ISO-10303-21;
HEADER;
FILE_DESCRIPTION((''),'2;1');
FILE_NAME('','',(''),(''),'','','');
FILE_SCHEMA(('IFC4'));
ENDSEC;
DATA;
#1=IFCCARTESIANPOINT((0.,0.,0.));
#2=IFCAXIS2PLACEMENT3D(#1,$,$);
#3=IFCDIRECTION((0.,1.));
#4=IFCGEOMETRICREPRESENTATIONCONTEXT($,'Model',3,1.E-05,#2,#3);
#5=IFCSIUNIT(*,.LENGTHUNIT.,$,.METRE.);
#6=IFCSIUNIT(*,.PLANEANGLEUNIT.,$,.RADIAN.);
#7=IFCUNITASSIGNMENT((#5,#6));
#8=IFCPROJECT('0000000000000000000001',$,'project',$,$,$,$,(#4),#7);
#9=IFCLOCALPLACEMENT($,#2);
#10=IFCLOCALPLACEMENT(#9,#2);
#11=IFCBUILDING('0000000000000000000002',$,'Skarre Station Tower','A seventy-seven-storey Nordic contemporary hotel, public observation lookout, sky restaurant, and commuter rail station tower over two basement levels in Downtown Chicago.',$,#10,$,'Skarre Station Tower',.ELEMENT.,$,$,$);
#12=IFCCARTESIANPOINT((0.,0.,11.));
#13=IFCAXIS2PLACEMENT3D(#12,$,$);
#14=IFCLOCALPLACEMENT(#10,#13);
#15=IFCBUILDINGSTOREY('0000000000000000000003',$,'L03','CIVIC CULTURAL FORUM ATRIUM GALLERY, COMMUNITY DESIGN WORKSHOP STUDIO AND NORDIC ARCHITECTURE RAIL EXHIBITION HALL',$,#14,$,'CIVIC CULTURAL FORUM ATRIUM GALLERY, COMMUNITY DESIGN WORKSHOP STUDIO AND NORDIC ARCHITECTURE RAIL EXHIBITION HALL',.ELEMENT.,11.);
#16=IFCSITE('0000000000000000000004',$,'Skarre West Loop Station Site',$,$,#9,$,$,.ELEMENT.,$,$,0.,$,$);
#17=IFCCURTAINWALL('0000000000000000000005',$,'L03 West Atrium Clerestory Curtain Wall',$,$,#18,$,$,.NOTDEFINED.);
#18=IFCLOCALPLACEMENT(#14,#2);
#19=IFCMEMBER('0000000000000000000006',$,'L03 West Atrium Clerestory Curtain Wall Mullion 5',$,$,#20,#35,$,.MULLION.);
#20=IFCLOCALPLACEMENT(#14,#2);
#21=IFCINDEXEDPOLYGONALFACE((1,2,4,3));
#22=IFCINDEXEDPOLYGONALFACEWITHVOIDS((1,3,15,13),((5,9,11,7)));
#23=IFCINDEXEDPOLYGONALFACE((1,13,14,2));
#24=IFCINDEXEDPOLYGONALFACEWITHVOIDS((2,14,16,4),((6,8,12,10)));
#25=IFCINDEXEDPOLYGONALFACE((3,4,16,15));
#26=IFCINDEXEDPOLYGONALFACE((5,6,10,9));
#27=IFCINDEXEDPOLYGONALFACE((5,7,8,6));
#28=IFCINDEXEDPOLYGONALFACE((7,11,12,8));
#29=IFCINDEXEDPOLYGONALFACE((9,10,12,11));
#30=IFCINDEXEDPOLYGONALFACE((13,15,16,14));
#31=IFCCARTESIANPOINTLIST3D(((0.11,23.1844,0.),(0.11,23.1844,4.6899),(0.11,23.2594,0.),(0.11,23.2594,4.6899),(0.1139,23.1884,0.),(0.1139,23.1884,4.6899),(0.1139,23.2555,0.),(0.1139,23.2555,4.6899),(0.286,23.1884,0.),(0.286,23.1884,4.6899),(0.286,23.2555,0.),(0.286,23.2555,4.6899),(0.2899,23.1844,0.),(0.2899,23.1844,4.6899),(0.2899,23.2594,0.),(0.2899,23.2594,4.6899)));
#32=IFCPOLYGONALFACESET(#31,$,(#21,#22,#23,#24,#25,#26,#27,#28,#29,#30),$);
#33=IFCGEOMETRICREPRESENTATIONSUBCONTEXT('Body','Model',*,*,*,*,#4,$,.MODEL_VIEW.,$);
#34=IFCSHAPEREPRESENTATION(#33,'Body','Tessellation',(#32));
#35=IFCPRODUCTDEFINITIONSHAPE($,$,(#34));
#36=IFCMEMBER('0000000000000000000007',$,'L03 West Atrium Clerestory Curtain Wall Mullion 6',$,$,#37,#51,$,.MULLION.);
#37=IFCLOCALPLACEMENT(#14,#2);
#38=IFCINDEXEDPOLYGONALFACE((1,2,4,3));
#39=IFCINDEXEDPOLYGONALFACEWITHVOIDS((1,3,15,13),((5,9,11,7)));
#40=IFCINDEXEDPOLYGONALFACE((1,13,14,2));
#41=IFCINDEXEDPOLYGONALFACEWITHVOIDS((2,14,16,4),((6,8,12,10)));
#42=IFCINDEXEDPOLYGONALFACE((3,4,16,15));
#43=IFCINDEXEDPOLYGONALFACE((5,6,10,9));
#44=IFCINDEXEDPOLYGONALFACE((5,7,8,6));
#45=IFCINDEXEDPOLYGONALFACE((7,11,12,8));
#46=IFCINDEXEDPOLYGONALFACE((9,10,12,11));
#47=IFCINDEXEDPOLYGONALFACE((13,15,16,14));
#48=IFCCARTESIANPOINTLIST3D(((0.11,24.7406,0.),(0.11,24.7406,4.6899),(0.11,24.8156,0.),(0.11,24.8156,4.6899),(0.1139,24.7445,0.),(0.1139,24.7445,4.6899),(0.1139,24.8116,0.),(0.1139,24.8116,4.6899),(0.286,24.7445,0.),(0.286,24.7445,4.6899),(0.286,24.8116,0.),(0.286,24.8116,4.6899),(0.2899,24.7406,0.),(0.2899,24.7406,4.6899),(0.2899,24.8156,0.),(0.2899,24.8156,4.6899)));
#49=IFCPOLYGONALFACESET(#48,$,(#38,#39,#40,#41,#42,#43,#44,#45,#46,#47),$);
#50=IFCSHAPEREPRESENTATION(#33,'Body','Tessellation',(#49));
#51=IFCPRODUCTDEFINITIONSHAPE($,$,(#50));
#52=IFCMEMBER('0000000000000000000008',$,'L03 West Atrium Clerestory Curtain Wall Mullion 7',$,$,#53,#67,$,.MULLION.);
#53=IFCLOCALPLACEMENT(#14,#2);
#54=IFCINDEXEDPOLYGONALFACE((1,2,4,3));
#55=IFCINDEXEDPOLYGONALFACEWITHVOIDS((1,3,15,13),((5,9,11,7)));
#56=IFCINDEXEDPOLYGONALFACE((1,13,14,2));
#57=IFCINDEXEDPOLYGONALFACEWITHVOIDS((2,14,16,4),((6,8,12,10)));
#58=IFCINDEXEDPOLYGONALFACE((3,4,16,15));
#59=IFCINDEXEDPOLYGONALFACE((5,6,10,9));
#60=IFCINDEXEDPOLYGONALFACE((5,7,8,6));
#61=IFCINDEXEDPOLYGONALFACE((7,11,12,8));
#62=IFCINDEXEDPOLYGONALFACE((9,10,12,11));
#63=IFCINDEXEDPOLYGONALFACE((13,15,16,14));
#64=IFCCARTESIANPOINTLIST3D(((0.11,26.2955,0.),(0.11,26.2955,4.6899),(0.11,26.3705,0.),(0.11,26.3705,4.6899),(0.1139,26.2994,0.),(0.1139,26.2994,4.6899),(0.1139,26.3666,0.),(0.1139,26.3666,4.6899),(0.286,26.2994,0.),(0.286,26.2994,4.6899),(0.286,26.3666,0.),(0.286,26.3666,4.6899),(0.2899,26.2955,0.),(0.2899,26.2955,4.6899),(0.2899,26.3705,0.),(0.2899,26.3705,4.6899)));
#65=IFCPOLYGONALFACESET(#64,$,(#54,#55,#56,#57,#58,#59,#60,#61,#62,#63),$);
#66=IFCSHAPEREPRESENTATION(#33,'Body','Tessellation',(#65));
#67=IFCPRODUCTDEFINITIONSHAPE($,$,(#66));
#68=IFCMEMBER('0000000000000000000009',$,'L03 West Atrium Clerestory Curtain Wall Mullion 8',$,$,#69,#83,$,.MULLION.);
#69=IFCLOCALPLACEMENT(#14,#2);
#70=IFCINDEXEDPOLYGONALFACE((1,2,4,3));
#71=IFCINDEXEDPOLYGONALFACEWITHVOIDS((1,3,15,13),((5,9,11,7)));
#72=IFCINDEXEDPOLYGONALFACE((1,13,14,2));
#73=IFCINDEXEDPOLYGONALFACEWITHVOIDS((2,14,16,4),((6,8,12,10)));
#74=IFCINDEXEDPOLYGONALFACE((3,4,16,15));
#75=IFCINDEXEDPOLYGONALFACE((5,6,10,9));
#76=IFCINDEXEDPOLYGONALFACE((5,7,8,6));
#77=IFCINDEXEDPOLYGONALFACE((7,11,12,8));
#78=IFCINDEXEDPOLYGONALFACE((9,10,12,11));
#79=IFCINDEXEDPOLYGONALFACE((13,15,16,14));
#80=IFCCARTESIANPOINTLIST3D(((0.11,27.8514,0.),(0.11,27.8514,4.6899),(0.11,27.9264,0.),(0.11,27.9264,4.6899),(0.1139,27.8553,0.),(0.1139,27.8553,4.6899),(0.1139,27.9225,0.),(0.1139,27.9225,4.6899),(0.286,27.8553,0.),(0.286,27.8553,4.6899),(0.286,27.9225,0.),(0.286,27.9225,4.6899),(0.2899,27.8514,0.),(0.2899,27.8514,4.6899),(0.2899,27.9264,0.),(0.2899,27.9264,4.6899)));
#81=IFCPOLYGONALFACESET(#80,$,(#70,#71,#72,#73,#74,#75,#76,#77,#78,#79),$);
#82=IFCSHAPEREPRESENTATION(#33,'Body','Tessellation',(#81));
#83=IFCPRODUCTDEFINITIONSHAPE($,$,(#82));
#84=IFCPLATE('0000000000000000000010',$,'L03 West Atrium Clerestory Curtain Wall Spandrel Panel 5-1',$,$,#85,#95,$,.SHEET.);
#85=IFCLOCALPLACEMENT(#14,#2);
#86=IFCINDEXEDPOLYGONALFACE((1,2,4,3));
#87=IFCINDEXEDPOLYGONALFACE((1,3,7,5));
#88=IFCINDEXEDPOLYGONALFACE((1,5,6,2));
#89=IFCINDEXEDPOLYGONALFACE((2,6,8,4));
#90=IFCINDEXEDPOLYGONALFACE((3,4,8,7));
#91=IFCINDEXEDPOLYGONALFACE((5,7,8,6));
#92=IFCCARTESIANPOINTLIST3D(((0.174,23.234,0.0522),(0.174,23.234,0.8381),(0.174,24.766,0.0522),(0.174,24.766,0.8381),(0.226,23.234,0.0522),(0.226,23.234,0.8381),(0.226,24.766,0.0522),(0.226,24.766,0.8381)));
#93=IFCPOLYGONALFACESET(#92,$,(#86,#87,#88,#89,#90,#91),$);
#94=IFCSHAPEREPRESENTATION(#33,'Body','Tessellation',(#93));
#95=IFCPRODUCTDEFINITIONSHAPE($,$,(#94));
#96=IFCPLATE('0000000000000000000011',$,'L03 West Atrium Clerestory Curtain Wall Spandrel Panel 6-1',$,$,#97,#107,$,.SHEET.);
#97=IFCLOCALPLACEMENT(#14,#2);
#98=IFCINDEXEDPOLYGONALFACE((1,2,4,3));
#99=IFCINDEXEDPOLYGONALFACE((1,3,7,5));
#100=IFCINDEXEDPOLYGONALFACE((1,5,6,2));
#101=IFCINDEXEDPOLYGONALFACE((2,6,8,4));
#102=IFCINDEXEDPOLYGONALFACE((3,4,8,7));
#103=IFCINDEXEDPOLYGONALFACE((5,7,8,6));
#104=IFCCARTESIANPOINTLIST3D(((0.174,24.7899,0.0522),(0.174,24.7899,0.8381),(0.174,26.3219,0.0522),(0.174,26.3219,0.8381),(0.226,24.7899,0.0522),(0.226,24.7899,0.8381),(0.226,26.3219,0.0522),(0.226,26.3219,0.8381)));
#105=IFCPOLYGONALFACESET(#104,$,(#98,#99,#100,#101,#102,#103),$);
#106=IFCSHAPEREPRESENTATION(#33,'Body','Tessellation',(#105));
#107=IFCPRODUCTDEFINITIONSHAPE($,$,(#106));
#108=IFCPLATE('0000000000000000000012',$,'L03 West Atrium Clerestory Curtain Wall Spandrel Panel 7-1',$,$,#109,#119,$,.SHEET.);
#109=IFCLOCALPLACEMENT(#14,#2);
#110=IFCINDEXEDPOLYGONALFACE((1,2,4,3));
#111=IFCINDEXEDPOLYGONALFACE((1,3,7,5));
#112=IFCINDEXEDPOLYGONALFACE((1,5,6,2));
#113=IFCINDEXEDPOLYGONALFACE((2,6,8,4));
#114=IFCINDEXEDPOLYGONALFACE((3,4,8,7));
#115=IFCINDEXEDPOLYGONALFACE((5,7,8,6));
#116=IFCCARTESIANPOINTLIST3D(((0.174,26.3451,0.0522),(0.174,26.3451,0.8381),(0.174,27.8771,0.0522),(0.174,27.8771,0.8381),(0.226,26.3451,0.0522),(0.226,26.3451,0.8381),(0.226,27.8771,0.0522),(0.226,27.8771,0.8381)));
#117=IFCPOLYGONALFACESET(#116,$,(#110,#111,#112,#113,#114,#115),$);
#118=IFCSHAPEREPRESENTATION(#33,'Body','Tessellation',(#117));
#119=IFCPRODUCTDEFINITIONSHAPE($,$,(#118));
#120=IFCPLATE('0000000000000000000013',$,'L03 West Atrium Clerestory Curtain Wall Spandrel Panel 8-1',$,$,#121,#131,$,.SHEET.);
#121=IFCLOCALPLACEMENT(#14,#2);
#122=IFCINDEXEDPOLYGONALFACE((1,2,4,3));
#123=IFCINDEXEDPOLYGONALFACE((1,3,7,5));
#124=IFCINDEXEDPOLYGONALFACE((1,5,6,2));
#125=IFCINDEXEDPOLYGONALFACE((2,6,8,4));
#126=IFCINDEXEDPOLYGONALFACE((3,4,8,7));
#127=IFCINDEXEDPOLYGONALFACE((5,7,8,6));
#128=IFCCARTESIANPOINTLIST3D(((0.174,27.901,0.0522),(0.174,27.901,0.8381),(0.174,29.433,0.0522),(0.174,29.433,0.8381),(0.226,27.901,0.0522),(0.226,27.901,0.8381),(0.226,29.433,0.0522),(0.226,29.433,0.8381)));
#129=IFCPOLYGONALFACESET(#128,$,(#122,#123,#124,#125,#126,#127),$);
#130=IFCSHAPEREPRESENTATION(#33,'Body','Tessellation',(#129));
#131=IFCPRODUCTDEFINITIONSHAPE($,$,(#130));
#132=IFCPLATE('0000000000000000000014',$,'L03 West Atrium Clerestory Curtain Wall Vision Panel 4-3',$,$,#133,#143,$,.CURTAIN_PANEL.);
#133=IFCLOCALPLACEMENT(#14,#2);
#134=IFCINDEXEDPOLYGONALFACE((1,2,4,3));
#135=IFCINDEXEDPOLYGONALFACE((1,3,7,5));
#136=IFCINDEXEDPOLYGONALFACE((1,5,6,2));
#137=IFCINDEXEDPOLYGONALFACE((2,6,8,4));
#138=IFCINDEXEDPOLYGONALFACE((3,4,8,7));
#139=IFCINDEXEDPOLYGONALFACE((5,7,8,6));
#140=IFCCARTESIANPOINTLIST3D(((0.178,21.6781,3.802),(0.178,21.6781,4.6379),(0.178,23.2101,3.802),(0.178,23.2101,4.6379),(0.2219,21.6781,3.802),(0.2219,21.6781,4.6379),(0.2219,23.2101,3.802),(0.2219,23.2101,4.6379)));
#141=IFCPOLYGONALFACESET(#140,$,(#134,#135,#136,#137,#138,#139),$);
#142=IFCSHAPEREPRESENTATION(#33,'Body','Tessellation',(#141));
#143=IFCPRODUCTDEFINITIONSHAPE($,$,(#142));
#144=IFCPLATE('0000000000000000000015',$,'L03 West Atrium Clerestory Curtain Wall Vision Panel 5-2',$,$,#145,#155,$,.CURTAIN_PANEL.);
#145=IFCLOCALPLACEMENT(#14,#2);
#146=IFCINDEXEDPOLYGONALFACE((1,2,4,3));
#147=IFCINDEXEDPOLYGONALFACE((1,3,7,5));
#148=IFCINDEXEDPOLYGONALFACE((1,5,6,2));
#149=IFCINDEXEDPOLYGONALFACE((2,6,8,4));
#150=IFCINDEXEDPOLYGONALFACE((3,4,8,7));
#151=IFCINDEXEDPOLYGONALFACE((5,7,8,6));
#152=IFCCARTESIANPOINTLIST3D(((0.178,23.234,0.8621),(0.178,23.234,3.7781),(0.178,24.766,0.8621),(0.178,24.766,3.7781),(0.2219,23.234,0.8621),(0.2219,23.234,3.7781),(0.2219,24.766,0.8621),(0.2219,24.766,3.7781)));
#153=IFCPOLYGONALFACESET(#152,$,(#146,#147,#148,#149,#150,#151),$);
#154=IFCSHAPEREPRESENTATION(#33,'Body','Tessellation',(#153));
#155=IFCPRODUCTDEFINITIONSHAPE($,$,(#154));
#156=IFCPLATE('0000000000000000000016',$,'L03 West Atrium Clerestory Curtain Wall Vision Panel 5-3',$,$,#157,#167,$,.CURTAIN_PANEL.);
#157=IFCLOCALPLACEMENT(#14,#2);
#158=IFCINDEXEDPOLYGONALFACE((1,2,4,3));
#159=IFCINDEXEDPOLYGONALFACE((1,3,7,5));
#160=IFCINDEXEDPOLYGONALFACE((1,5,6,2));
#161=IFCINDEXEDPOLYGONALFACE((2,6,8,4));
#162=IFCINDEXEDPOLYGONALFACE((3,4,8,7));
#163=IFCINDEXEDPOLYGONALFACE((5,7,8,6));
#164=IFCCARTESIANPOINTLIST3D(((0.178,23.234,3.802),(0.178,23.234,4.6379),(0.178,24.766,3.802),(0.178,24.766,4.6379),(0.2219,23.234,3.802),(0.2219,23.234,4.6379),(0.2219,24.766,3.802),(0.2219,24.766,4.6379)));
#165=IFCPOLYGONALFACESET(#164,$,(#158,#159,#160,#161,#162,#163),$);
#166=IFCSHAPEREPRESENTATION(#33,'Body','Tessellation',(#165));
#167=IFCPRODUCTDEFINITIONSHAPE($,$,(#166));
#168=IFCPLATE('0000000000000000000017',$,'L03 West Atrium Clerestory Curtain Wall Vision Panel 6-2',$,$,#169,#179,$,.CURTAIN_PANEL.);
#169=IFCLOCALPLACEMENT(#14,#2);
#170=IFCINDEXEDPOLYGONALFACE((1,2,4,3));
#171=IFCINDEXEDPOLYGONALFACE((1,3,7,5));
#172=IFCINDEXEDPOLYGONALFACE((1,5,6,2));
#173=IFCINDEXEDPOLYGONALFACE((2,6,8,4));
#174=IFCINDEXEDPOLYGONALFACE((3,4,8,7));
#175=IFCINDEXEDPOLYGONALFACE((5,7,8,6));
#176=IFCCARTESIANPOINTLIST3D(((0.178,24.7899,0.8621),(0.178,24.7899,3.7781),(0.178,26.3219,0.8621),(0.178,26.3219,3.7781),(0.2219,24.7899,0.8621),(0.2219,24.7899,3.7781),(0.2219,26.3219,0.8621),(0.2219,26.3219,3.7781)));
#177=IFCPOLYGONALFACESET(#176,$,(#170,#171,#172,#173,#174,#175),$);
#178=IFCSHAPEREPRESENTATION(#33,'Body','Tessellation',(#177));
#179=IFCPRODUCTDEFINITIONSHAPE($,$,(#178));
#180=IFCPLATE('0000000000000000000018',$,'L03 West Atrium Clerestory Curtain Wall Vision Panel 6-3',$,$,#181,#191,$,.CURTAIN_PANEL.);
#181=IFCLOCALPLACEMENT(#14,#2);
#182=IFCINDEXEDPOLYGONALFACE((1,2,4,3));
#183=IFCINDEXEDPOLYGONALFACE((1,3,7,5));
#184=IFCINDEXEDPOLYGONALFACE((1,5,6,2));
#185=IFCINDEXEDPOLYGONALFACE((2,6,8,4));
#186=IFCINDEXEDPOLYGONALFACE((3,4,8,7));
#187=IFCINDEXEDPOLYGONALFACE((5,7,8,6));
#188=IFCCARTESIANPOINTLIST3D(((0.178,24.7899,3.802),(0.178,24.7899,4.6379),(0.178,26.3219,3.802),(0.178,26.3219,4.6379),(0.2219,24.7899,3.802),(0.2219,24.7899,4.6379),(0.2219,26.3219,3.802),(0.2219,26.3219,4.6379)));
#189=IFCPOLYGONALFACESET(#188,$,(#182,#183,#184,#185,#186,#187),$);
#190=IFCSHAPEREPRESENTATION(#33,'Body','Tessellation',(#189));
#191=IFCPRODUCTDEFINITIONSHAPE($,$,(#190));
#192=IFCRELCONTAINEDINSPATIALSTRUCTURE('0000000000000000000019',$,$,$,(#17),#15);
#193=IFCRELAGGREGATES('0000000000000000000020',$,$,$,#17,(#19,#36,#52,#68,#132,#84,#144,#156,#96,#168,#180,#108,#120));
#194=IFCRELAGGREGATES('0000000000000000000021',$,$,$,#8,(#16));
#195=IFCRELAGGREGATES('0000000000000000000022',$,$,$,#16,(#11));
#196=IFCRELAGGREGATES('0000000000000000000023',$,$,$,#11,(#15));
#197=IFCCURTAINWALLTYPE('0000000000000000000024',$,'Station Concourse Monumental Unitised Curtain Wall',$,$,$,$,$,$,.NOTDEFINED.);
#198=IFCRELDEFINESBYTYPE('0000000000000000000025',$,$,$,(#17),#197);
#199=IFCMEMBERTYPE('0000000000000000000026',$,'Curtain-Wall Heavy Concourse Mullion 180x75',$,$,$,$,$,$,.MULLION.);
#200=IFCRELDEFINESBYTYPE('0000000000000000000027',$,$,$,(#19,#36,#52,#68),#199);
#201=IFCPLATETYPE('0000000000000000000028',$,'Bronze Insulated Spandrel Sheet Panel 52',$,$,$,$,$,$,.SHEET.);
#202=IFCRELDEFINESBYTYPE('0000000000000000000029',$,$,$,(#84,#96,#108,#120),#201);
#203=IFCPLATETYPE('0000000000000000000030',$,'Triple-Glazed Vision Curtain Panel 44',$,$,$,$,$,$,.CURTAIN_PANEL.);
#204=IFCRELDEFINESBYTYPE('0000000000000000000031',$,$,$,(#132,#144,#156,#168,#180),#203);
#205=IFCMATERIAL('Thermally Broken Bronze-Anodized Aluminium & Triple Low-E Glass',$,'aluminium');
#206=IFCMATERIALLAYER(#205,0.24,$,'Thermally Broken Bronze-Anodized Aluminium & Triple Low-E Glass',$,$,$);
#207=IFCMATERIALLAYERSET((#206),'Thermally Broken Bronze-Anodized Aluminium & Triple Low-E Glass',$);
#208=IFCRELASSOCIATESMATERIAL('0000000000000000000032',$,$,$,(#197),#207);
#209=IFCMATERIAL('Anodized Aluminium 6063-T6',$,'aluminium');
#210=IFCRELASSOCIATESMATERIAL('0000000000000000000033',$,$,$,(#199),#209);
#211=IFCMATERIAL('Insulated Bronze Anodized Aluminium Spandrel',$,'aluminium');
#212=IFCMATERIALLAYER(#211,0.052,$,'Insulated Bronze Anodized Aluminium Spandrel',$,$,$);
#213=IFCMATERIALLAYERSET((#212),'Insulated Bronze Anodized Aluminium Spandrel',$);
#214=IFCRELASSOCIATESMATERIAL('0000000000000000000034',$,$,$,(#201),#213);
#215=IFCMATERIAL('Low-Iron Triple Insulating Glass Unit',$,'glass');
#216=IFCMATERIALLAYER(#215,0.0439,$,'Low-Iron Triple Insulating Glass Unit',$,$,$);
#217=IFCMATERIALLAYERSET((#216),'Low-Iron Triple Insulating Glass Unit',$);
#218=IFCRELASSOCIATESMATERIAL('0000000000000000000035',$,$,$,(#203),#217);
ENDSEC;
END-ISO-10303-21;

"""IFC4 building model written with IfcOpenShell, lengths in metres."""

from ifc_helpers import new_model, si_unit, direction, frame, origin, origin_2d, place, context, subcontext, project, spatial, rectangle, hollow_rectangle, extrude, material, layer, layer_set, material_profile, profile_set, type_object, element, aggregate, save


model = new_model("IFC4")

# Units and contexts
model_context = context("Model", 3, precision=1e-05, world=origin(), true_north=direction((0.0, 1.0)))
body_context = subcontext(model_context, "Body", "Model", "MODEL_VIEW")
ifc_project = project(units=[si_unit("LENGTHUNIT", "METRE"), si_unit("PLANEANGLEUNIT", "RADIAN")], contexts=[model_context])

# Site, building, storey
site_placement = place(None, origin())
site = spatial("IfcSite", under=ifc_project, at=site_placement, Name="Skarre West Loop Station Site", CompositionType="ELEMENT", RefElevation=0.0)
building_placement = place(site_placement, origin())
building = spatial("IfcBuilding", under=site, at=building_placement, Name="Skarre Station Tower", Description="A seventy-seven-storey Nordic contemporary hotel, public observation lookout, sky restaurant, and commuter rail station tower over two basement levels in Downtown Chicago.", LongName="Skarre Station Tower", CompositionType="ELEMENT")
storey_placement = place(building_placement, frame((0.0, 0.0, 11.0)))
storey = spatial("IfcBuildingStorey", under=building, at=storey_placement, Name="L03", Description="CIVIC CULTURAL FORUM ATRIUM GALLERY, COMMUNITY DESIGN WORKSHOP STUDIO AND NORDIC ARCHITECTURE RAIL EXHIBITION HALL", LongName="CIVIC CULTURAL FORUM ATRIUM GALLERY, COMMUNITY DESIGN WORKSHOP STUDIO AND NORDIC ARCHITECTURE RAIL EXHIBITION HALL", CompositionType="ELEMENT", Elevation=11.0)

# Curtain wall, members, plates
ifc_material_1 = material(Name="Thermally Broken Bronze-Anodized Aluminium & Triple Low-E Glass", Category="aluminium")
ifc_layer_1 = layer(ifc_material_1, 0.24, Name="Thermally Broken Bronze-Anodized Aluminium & Triple Low-E Glass")
ifc_layer_set_1 = layer_set([ifc_layer_1], Name="Thermally Broken Bronze-Anodized Aluminium & Triple Low-E Glass")
curtain_wall_type = type_object("IfcCurtainWallType", Name="Station Concourse Monumental Unitised Curtain Wall", PredefinedType="NOTDEFINED", material=ifc_layer_set_1)
curtain_wall_placement = place(storey_placement, origin())
curtain_wall = element("IfcCurtainWall", 1, at=curtain_wall_placement, inside=storey, type_object=curtain_wall_type, Name="L03 West Atrium Clerestory Curtain Wall", PredefinedType="NOTDEFINED")
ifc_material_2 = material(Name="Anodized Aluminium 6063-T6", Category="aluminium")
ifc_material_profile = material_profile(ifc_material_2, hollow_rectangle(XDim=0.075, YDim=0.1799, WallThickness=0.0039, at=origin_2d()), Name="Anodized Aluminium 6063-T6")
ifc_profile_set = profile_set([ifc_material_profile], Name="Anodized Aluminium 6063-T6")
member_type = type_object("IfcMemberType", Name="Curtain-Wall Heavy Concourse Mullion 180x75", PredefinedType="MULLION", material=ifc_profile_set)
member_1_placement = place(storey_placement, frame((0.2, 23.2219, 0.0), z_axis=(0.0, 0.0, 1.0), x_axis=(0.0, 1.0, 0.0)))
member_1 = element("IfcMember", 2, at=member_1_placement, type_object=member_type, Name="L03 West Atrium Clerestory Curtain Wall Mullion 5", PredefinedType="MULLION", context=body_context, shape_type="SweptSolid", body=[
    extrude(hollow_rectangle(XDim=0.075, YDim=0.1799, WallThickness=0.0039, at=origin_2d()), origin(), (0.0, 0.0, 1.0), 4.6899),
])
member_2_placement = place(storey_placement, frame((0.2, 24.7781, 0.0), z_axis=(0.0, 0.0, 1.0), x_axis=(0.0, 1.0, 0.0)))
member_2 = element("IfcMember", 3, at=member_2_placement, type_object=member_type, Name="L03 West Atrium Clerestory Curtain Wall Mullion 6", PredefinedType="MULLION", context=body_context, shape_type="SweptSolid", body=[
    extrude(hollow_rectangle(XDim=0.075, YDim=0.1799, WallThickness=0.0039, at=origin_2d()), origin(), (0.0, 0.0, 1.0), 4.6899),
])
member_3_placement = place(storey_placement, frame((0.2, 26.333, 0.0), z_axis=(0.0, 0.0, 1.0), x_axis=(0.0, 1.0, 0.0)))
member_3 = element("IfcMember", 4, at=member_3_placement, type_object=member_type, Name="L03 West Atrium Clerestory Curtain Wall Mullion 7", PredefinedType="MULLION", context=body_context, shape_type="SweptSolid", body=[
    extrude(hollow_rectangle(XDim=0.075, YDim=0.1799, WallThickness=0.0039, at=origin_2d()), origin(), (0.0, 0.0, 1.0), 4.6899),
])
member_4_placement = place(storey_placement, frame((0.2, 27.8889, 0.0), z_axis=(0.0, 0.0, 1.0), x_axis=(0.0, 1.0, 0.0)))
member_4 = element("IfcMember", 5, at=member_4_placement, type_object=member_type, Name="L03 West Atrium Clerestory Curtain Wall Mullion 8", PredefinedType="MULLION", context=body_context, shape_type="SweptSolid", body=[
    extrude(hollow_rectangle(XDim=0.075, YDim=0.1799, WallThickness=0.0039, at=origin_2d()), origin(), (0.0, 0.0, 1.0), 4.6899),
])
ifc_material_3 = material(Name="Insulated Bronze Anodized Aluminium Spandrel", Category="aluminium")
ifc_layer_2 = layer(ifc_material_3, 0.052, Name="Insulated Bronze Anodized Aluminium Spandrel")
ifc_layer_set_2 = layer_set([ifc_layer_2], Name="Insulated Bronze Anodized Aluminium Spandrel")
plate_type_1 = type_object("IfcPlateType", Name="Bronze Insulated Spandrel Sheet Panel 52", PredefinedType="SHEET", material=ifc_layer_set_2)
plate_1_placement = place(storey_placement, frame((0.2, 24.0, 0.0522), z_axis=(0.0, 0.0, 1.0), x_axis=(0.0, 1.0, 0.0)))
plate_1 = element("IfcPlate", 6, at=plate_1_placement, type_object=plate_type_1, Name="L03 West Atrium Clerestory Curtain Wall Spandrel Panel 5-1", PredefinedType="SHEET", context=body_context, shape_type="SweptSolid", body=[
    extrude(rectangle(XDim=1.532, YDim=0.052, at=origin_2d()), origin(), (0.0, 0.0, 1.0), 0.7859),
])
plate_2_placement = place(storey_placement, frame((0.2, 25.5559, 0.0522), z_axis=(0.0, 0.0, 1.0), x_axis=(0.0, 1.0, 0.0)))
plate_2 = element("IfcPlate", 7, at=plate_2_placement, type_object=plate_type_1, Name="L03 West Atrium Clerestory Curtain Wall Spandrel Panel 6-1", PredefinedType="SHEET", context=body_context, shape_type="SweptSolid", body=[
    extrude(rectangle(XDim=1.532, YDim=0.052, at=origin_2d()), origin(), (0.0, 0.0, 1.0), 0.7859),
])
plate_3_placement = place(storey_placement, frame((0.2, 27.1111, 0.0522), z_axis=(0.0, 0.0, 1.0), x_axis=(0.0, 1.0, 0.0)))
plate_3 = element("IfcPlate", 8, at=plate_3_placement, type_object=plate_type_1, Name="L03 West Atrium Clerestory Curtain Wall Spandrel Panel 7-1", PredefinedType="SHEET", context=body_context, shape_type="SweptSolid", body=[
    extrude(rectangle(XDim=1.532, YDim=0.052, at=origin_2d()), origin(), (0.0, 0.0, 1.0), 0.7859),
])
plate_4_placement = place(storey_placement, frame((0.2, 28.667, 0.0522), z_axis=(0.0, 0.0, 1.0), x_axis=(0.0, 1.0, 0.0)))
plate_4 = element("IfcPlate", 9, at=plate_4_placement, type_object=plate_type_1, Name="L03 West Atrium Clerestory Curtain Wall Spandrel Panel 8-1", PredefinedType="SHEET", context=body_context, shape_type="SweptSolid", body=[
    extrude(rectangle(XDim=1.532, YDim=0.052, at=origin_2d()), origin(), (0.0, 0.0, 1.0), 0.7859),
])
ifc_material_4 = material(Name="Low-Iron Triple Insulating Glass Unit", Category="glass")
ifc_layer_3 = layer(ifc_material_4, 0.0439, Name="Low-Iron Triple Insulating Glass Unit")
ifc_layer_set_3 = layer_set([ifc_layer_3], Name="Low-Iron Triple Insulating Glass Unit")
plate_type_2 = type_object("IfcPlateType", Name="Triple-Glazed Vision Curtain Panel 44", PredefinedType="CURTAIN_PANEL", material=ifc_layer_set_3)
plate_5_placement = place(storey_placement, frame((0.2, 22.4441, 3.802), z_axis=(0.0, 0.0, 1.0), x_axis=(0.0, 1.0, 0.0)))
plate_5 = element("IfcPlate", 10, at=plate_5_placement, type_object=plate_type_2, Name="L03 West Atrium Clerestory Curtain Wall Vision Panel 4-3", PredefinedType="CURTAIN_PANEL", context=body_context, shape_type="SweptSolid", body=[
    extrude(rectangle(XDim=1.532, YDim=0.0439, at=origin_2d()), origin(), (0.0, 0.0, 1.0), 0.8359),
])
plate_6_placement = place(storey_placement, frame((0.2, 24.0, 0.8621), z_axis=(0.0, 0.0, 1.0), x_axis=(0.0, 1.0, 0.0)))
plate_6 = element("IfcPlate", 11, at=plate_6_placement, type_object=plate_type_2, Name="L03 West Atrium Clerestory Curtain Wall Vision Panel 5-2", PredefinedType="CURTAIN_PANEL", context=body_context, shape_type="SweptSolid", body=[
    extrude(rectangle(XDim=1.532, YDim=0.0439, at=origin_2d()), origin(), (0.0, 0.0, 1.0), 2.916),
])
plate_7_placement = place(storey_placement, frame((0.2, 24.0, 3.802), z_axis=(0.0, 0.0, 1.0), x_axis=(0.0, 1.0, 0.0)))
plate_7 = element("IfcPlate", 12, at=plate_7_placement, type_object=plate_type_2, Name="L03 West Atrium Clerestory Curtain Wall Vision Panel 5-3", PredefinedType="CURTAIN_PANEL", context=body_context, shape_type="SweptSolid", body=[
    extrude(rectangle(XDim=1.532, YDim=0.0439, at=origin_2d()), origin(), (0.0, 0.0, 1.0), 0.8359),
])
plate_8_placement = place(storey_placement, frame((0.2, 25.5559, 0.8621), z_axis=(0.0, 0.0, 1.0), x_axis=(0.0, 1.0, 0.0)))
plate_8 = element("IfcPlate", 13, at=plate_8_placement, type_object=plate_type_2, Name="L03 West Atrium Clerestory Curtain Wall Vision Panel 6-2", PredefinedType="CURTAIN_PANEL", context=body_context, shape_type="SweptSolid", body=[
    extrude(rectangle(XDim=1.532, YDim=0.0439, at=origin_2d()), origin(), (0.0, 0.0, 1.0), 2.916),
])
plate_9_placement = place(storey_placement, frame((0.2, 25.5559, 3.802), z_axis=(0.0, 0.0, 1.0), x_axis=(0.0, 1.0, 0.0)))
plate_9 = element("IfcPlate", 14, at=plate_9_placement, type_object=plate_type_2, Name="L03 West Atrium Clerestory Curtain Wall Vision Panel 6-3", PredefinedType="CURTAIN_PANEL", context=body_context, shape_type="SweptSolid", body=[
    extrude(rectangle(XDim=1.532, YDim=0.0439, at=origin_2d()), origin(), (0.0, 0.0, 1.0), 0.8359),
])
aggregate(curtain_wall, [member_1, member_2, member_3, member_4, plate_5, plate_1, plate_6, plate_7, plate_2, plate_8, plate_9, plate_3, plate_4])

save(model, "model.ifc")
